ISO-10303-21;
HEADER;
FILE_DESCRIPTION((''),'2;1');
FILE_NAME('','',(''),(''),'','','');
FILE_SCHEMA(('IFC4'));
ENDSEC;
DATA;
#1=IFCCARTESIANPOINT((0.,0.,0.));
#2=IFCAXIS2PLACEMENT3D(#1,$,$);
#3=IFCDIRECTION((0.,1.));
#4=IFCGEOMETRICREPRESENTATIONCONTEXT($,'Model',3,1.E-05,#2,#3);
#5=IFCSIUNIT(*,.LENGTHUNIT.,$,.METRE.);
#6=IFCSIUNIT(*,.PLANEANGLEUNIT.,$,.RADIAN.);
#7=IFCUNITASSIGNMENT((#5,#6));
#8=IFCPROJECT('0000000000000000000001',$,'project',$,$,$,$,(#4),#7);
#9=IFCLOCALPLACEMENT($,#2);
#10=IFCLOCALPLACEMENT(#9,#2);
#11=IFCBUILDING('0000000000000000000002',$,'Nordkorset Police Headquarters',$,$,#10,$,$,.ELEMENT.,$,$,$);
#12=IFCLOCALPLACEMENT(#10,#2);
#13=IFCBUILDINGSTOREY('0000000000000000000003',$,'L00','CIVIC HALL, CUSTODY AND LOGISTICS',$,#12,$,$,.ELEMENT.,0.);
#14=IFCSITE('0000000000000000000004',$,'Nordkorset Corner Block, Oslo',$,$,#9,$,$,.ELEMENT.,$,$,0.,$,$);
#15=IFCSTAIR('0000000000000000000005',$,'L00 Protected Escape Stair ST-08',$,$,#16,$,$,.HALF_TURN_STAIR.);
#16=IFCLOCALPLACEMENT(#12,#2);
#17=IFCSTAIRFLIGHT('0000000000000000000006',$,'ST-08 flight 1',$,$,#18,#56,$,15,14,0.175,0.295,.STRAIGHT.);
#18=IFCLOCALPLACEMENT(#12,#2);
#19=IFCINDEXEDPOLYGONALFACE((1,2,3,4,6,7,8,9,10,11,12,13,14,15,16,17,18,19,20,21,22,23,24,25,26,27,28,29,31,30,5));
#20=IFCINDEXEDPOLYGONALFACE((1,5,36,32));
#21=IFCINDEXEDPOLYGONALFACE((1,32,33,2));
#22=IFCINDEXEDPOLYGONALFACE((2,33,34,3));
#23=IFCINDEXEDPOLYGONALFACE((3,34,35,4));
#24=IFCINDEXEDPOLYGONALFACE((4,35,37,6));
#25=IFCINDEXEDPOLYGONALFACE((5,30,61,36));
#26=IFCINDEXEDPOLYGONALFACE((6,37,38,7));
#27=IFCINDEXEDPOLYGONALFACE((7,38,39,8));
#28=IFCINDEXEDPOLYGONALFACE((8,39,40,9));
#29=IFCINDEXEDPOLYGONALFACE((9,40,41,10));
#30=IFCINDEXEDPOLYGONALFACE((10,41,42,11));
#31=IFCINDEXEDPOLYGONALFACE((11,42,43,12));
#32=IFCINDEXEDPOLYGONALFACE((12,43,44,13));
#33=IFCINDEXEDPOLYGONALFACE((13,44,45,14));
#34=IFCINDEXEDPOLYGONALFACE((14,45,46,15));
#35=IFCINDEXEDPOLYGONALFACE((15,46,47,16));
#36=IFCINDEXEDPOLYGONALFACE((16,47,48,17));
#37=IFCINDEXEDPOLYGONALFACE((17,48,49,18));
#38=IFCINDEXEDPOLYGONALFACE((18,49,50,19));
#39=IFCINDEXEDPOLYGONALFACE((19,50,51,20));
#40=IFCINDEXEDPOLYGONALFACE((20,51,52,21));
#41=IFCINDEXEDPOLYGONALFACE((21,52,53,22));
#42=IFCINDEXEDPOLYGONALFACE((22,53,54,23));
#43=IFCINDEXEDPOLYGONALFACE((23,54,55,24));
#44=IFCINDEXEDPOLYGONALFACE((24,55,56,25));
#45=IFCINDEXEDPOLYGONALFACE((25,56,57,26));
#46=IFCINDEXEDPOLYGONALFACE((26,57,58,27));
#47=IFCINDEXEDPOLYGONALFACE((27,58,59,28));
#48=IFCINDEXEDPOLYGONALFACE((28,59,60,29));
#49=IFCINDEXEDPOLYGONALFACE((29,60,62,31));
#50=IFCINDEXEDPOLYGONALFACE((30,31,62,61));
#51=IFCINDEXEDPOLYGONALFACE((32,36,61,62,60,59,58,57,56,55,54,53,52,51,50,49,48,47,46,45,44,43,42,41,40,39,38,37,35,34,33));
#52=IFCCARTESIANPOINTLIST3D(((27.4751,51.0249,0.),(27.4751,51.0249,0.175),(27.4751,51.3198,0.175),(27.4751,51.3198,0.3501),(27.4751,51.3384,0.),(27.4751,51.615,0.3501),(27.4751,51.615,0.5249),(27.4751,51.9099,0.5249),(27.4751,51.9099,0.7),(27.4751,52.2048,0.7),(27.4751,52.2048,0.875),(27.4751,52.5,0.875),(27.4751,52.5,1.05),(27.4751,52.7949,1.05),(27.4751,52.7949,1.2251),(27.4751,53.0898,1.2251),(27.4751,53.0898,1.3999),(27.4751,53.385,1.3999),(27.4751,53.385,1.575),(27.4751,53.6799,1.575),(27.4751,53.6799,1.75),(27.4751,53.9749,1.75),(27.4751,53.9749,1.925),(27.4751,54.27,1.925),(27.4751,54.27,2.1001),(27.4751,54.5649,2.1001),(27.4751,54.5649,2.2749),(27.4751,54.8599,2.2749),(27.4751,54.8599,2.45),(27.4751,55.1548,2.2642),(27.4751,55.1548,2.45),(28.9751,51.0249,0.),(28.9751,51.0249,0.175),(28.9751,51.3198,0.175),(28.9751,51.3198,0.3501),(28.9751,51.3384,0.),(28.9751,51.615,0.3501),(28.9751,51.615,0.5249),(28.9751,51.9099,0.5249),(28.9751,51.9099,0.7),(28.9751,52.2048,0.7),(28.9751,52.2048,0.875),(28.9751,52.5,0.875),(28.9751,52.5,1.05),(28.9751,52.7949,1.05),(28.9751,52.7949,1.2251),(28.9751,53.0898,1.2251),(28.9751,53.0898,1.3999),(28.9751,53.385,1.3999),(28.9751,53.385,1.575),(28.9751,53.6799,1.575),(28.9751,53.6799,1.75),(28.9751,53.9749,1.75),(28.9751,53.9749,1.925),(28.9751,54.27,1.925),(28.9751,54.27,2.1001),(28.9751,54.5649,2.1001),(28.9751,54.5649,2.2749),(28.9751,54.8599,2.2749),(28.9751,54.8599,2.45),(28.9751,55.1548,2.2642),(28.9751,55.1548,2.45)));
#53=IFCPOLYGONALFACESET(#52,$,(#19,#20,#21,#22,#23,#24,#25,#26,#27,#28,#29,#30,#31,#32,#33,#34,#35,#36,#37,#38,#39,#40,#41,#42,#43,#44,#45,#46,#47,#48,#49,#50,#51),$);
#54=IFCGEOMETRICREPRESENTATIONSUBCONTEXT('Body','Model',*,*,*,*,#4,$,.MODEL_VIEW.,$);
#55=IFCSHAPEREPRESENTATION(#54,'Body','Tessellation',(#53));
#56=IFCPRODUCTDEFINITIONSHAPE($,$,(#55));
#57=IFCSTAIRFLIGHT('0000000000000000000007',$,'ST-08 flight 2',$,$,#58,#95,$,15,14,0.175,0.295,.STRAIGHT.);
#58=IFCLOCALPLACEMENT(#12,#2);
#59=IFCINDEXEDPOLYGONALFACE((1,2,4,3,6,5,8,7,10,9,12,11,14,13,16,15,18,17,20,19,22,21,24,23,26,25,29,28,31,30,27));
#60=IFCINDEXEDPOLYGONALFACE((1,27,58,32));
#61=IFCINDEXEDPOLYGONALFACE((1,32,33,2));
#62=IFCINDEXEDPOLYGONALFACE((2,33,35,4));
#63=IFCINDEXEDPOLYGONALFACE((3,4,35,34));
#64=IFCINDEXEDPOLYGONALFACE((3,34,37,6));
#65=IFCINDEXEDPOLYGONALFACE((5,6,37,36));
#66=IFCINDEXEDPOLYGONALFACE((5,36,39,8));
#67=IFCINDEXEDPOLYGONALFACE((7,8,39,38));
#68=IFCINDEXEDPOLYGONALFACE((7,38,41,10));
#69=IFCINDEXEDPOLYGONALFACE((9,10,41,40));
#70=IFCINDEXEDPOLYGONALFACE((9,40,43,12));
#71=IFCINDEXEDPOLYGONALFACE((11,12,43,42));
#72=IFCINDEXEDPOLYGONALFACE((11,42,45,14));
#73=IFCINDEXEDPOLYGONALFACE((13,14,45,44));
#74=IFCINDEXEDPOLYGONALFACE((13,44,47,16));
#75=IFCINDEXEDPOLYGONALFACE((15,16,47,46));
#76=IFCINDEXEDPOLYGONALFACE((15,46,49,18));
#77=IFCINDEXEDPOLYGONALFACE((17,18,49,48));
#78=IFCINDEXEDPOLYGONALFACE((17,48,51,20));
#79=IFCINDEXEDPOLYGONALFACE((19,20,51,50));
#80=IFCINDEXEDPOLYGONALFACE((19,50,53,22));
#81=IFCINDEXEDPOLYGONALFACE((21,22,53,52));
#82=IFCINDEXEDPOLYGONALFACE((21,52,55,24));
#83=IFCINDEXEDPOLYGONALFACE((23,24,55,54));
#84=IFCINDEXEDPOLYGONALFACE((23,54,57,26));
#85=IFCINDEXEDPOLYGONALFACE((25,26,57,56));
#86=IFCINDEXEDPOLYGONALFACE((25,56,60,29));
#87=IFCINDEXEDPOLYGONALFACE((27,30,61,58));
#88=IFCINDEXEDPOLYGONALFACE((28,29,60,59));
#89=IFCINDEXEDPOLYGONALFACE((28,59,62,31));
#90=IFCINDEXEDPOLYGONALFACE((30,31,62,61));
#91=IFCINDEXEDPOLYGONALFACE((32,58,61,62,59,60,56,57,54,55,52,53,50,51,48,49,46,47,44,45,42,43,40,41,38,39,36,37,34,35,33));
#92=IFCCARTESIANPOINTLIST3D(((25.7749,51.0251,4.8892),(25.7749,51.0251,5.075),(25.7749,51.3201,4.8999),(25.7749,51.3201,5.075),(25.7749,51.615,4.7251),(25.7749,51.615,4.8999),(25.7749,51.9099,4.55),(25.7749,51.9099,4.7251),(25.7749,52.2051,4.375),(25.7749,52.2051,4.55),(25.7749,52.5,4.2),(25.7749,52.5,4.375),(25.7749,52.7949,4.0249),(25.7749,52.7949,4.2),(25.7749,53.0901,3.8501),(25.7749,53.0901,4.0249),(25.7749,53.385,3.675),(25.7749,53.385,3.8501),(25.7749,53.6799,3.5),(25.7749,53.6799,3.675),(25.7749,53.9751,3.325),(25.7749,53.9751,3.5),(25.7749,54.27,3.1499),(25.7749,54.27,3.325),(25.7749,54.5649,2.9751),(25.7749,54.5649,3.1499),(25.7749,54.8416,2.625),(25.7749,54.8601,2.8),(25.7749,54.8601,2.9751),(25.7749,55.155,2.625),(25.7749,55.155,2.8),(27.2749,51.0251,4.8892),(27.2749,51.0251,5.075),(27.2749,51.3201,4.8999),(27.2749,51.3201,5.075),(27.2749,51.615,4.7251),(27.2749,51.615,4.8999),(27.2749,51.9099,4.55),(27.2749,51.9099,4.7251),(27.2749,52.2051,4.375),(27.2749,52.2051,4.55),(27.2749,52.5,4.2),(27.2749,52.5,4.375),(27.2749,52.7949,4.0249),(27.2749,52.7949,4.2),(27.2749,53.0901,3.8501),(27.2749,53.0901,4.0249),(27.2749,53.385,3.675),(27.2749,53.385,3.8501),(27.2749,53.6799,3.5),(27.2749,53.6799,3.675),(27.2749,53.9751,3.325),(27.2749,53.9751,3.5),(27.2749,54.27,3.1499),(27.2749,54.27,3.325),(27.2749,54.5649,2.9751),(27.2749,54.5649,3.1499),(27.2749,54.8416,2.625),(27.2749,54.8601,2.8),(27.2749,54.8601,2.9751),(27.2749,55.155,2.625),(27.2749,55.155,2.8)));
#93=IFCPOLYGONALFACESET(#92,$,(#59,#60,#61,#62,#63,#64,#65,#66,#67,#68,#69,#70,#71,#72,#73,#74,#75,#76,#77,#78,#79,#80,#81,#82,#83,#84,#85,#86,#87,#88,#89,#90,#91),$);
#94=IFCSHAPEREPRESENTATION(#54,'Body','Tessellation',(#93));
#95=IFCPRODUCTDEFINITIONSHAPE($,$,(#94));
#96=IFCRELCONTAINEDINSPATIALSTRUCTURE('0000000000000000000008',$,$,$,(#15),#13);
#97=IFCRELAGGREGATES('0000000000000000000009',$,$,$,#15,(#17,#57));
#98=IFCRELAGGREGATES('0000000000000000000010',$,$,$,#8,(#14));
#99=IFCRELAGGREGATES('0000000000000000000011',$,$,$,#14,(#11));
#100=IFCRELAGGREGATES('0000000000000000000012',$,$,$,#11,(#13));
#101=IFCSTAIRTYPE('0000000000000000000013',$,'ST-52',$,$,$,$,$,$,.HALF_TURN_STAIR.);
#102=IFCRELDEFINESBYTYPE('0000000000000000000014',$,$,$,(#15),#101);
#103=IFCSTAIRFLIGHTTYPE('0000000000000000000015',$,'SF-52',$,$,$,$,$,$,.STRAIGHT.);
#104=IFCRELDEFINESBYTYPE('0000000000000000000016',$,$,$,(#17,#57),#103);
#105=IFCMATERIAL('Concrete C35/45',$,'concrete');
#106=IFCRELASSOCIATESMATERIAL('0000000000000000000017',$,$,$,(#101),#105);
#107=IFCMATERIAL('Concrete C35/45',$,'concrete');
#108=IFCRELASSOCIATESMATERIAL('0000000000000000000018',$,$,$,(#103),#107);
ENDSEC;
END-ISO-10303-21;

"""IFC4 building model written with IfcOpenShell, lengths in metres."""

from ifc_helpers import new_model, si_unit, direction, frame, origin, place, context, subcontext, project, spatial, polyline, outline, extrude, material, type_object, element, aggregate, save


model = new_model("IFC4")

# Units and contexts
model_context = context("Model", 3, precision=1e-05, world=origin(), true_north=direction((0.0, 1.0)))
body_context = subcontext(model_context, "Body", "Model", "MODEL_VIEW")
ifc_project = project(units=[si_unit("LENGTHUNIT", "METRE"), si_unit("PLANEANGLEUNIT", "RADIAN")], contexts=[model_context])

# Site, building, storey
site_placement = place(None, origin())
site = spatial("IfcSite", under=ifc_project, at=site_placement, Name="Nordkorset Corner Block, Oslo", CompositionType="ELEMENT", RefElevation=0.0)
building_placement = place(site_placement, origin())
building = spatial("IfcBuilding", under=site, at=building_placement, Name="Nordkorset Police Headquarters", CompositionType="ELEMENT")
storey_placement = place(building_placement, origin())
storey = spatial("IfcBuildingStorey", under=building, at=storey_placement, Name="L00", Description="CIVIC HALL, CUSTODY AND LOGISTICS", CompositionType="ELEMENT", Elevation=0.0)

# Stair, stair flights
ifc_material_1 = material(Name="Concrete C35/45", Category="concrete")
stair_type = type_object("IfcStairType", Name="ST-52", PredefinedType="HALF_TURN_STAIR", material=ifc_material_1)
stair_placement = place(storey_placement, origin())
stair = element("IfcStair", 1, at=stair_placement, inside=storey, type_object=stair_type, Name="L00 Protected Escape Stair ST-08", PredefinedType="HALF_TURN_STAIR")
ifc_material_2 = material(Name="Concrete C35/45", Category="concrete")
stair_flight_type = type_object("IfcStairFlightType", Name="SF-52", PredefinedType="STRAIGHT", material=ifc_material_2)
stair_flight_1_placement = place(storey_placement, frame((28.2251, 51.0249, 0.0), z_axis=(0.0, 0.0, 1.0), x_axis=(0.0, 1.0, 0.0)))
stair_flight_1 = element("IfcStairFlight", 2, at=stair_flight_1_placement, type_object=stair_flight_type, Name="ST-08 flight 1", NumberOfRisers=15, NumberOfTreads=14, PredefinedType="STRAIGHT", RiserHeight=0.175, TreadLength=0.295, context=body_context, shape_type="SweptSolid", body=[
    extrude(outline(polyline([(0.0, 0.0), (0.0, 0.175), (0.2949, 0.175), (0.2949, 0.3501), (0.5901, 0.3501), (0.5901, 0.5249), (0.885, 0.5249), (0.885, 0.7), (1.1799, 0.7), (1.1799, 0.875), (1.4751, 0.875), (1.4751, 1.05), (1.77, 1.05), (1.77, 1.2251), (2.0649, 1.2251), (2.0649, 1.3999), (2.3601, 1.3999), (2.3601, 1.575), (2.655, 1.575), (2.655, 1.75), (2.95, 1.75), (2.95, 1.925), (3.2451, 1.925), (3.2451, 2.1001), (3.54, 2.1001), (3.54, 2.2749), (3.835, 2.2749), (3.835, 2.45), (4.1299, 2.45), (4.1299, 2.625), (4.1299, 2.2642), (0.3135, 0.0), (0.0, 0.0)])), frame((0.0, 0.75, 0.0), z_axis=(0.0, -1.0, 0.0), x_axis=(1.0, 0.0, 0.0)), (0.0, 0.0, 1.0), 1.5),
])
stair_flight_2_placement = place(storey_placement, frame((26.5249, 55.155, 2.625), z_axis=(0.0, 0.0, 1.0), x_axis=(0.0, -1.0, 0.0)))
stair_flight_2 = element("IfcStairFlight", 3, at=stair_flight_2_placement, type_object=stair_flight_type, Name="ST-08 flight 2", NumberOfRisers=15, NumberOfTreads=14, PredefinedType="STRAIGHT", RiserHeight=0.175, TreadLength=0.295, context=body_context, shape_type="SweptSolid", body=[
    extrude(outline(polyline([(0.0, 0.0), (0.0, 0.175), (0.2949, 0.175), (0.2949, 0.3501), (0.5901, 0.3501), (0.5901, 0.5249), (0.885, 0.5249), (0.885, 0.7), (1.1799, 0.7), (1.1799, 0.875), (1.4751, 0.875), (1.4751, 1.05), (1.77, 1.05), (1.77, 1.2251), (2.0649, 1.2251), (2.0649, 1.3999), (2.3601, 1.3999), (2.3601, 1.575), (2.655, 1.575), (2.655, 1.75), (2.95, 1.75), (2.95, 1.925), (3.2451, 1.925), (3.2451, 2.1001), (3.54, 2.1001), (3.54, 2.2749), (3.835, 2.2749), (3.835, 2.45), (4.1299, 2.45), (4.1299, 2.625), (4.1299, 2.2642), (0.3135, 0.0), (0.0, 0.0)])), frame((0.0, 0.75, 0.0), z_axis=(0.0, -1.0, 0.0), x_axis=(1.0, 0.0, 0.0)), (0.0, 0.0, 1.0), 1.5),
])
aggregate(stair, [stair_flight_1, stair_flight_2])

save(model, "model.ifc")
